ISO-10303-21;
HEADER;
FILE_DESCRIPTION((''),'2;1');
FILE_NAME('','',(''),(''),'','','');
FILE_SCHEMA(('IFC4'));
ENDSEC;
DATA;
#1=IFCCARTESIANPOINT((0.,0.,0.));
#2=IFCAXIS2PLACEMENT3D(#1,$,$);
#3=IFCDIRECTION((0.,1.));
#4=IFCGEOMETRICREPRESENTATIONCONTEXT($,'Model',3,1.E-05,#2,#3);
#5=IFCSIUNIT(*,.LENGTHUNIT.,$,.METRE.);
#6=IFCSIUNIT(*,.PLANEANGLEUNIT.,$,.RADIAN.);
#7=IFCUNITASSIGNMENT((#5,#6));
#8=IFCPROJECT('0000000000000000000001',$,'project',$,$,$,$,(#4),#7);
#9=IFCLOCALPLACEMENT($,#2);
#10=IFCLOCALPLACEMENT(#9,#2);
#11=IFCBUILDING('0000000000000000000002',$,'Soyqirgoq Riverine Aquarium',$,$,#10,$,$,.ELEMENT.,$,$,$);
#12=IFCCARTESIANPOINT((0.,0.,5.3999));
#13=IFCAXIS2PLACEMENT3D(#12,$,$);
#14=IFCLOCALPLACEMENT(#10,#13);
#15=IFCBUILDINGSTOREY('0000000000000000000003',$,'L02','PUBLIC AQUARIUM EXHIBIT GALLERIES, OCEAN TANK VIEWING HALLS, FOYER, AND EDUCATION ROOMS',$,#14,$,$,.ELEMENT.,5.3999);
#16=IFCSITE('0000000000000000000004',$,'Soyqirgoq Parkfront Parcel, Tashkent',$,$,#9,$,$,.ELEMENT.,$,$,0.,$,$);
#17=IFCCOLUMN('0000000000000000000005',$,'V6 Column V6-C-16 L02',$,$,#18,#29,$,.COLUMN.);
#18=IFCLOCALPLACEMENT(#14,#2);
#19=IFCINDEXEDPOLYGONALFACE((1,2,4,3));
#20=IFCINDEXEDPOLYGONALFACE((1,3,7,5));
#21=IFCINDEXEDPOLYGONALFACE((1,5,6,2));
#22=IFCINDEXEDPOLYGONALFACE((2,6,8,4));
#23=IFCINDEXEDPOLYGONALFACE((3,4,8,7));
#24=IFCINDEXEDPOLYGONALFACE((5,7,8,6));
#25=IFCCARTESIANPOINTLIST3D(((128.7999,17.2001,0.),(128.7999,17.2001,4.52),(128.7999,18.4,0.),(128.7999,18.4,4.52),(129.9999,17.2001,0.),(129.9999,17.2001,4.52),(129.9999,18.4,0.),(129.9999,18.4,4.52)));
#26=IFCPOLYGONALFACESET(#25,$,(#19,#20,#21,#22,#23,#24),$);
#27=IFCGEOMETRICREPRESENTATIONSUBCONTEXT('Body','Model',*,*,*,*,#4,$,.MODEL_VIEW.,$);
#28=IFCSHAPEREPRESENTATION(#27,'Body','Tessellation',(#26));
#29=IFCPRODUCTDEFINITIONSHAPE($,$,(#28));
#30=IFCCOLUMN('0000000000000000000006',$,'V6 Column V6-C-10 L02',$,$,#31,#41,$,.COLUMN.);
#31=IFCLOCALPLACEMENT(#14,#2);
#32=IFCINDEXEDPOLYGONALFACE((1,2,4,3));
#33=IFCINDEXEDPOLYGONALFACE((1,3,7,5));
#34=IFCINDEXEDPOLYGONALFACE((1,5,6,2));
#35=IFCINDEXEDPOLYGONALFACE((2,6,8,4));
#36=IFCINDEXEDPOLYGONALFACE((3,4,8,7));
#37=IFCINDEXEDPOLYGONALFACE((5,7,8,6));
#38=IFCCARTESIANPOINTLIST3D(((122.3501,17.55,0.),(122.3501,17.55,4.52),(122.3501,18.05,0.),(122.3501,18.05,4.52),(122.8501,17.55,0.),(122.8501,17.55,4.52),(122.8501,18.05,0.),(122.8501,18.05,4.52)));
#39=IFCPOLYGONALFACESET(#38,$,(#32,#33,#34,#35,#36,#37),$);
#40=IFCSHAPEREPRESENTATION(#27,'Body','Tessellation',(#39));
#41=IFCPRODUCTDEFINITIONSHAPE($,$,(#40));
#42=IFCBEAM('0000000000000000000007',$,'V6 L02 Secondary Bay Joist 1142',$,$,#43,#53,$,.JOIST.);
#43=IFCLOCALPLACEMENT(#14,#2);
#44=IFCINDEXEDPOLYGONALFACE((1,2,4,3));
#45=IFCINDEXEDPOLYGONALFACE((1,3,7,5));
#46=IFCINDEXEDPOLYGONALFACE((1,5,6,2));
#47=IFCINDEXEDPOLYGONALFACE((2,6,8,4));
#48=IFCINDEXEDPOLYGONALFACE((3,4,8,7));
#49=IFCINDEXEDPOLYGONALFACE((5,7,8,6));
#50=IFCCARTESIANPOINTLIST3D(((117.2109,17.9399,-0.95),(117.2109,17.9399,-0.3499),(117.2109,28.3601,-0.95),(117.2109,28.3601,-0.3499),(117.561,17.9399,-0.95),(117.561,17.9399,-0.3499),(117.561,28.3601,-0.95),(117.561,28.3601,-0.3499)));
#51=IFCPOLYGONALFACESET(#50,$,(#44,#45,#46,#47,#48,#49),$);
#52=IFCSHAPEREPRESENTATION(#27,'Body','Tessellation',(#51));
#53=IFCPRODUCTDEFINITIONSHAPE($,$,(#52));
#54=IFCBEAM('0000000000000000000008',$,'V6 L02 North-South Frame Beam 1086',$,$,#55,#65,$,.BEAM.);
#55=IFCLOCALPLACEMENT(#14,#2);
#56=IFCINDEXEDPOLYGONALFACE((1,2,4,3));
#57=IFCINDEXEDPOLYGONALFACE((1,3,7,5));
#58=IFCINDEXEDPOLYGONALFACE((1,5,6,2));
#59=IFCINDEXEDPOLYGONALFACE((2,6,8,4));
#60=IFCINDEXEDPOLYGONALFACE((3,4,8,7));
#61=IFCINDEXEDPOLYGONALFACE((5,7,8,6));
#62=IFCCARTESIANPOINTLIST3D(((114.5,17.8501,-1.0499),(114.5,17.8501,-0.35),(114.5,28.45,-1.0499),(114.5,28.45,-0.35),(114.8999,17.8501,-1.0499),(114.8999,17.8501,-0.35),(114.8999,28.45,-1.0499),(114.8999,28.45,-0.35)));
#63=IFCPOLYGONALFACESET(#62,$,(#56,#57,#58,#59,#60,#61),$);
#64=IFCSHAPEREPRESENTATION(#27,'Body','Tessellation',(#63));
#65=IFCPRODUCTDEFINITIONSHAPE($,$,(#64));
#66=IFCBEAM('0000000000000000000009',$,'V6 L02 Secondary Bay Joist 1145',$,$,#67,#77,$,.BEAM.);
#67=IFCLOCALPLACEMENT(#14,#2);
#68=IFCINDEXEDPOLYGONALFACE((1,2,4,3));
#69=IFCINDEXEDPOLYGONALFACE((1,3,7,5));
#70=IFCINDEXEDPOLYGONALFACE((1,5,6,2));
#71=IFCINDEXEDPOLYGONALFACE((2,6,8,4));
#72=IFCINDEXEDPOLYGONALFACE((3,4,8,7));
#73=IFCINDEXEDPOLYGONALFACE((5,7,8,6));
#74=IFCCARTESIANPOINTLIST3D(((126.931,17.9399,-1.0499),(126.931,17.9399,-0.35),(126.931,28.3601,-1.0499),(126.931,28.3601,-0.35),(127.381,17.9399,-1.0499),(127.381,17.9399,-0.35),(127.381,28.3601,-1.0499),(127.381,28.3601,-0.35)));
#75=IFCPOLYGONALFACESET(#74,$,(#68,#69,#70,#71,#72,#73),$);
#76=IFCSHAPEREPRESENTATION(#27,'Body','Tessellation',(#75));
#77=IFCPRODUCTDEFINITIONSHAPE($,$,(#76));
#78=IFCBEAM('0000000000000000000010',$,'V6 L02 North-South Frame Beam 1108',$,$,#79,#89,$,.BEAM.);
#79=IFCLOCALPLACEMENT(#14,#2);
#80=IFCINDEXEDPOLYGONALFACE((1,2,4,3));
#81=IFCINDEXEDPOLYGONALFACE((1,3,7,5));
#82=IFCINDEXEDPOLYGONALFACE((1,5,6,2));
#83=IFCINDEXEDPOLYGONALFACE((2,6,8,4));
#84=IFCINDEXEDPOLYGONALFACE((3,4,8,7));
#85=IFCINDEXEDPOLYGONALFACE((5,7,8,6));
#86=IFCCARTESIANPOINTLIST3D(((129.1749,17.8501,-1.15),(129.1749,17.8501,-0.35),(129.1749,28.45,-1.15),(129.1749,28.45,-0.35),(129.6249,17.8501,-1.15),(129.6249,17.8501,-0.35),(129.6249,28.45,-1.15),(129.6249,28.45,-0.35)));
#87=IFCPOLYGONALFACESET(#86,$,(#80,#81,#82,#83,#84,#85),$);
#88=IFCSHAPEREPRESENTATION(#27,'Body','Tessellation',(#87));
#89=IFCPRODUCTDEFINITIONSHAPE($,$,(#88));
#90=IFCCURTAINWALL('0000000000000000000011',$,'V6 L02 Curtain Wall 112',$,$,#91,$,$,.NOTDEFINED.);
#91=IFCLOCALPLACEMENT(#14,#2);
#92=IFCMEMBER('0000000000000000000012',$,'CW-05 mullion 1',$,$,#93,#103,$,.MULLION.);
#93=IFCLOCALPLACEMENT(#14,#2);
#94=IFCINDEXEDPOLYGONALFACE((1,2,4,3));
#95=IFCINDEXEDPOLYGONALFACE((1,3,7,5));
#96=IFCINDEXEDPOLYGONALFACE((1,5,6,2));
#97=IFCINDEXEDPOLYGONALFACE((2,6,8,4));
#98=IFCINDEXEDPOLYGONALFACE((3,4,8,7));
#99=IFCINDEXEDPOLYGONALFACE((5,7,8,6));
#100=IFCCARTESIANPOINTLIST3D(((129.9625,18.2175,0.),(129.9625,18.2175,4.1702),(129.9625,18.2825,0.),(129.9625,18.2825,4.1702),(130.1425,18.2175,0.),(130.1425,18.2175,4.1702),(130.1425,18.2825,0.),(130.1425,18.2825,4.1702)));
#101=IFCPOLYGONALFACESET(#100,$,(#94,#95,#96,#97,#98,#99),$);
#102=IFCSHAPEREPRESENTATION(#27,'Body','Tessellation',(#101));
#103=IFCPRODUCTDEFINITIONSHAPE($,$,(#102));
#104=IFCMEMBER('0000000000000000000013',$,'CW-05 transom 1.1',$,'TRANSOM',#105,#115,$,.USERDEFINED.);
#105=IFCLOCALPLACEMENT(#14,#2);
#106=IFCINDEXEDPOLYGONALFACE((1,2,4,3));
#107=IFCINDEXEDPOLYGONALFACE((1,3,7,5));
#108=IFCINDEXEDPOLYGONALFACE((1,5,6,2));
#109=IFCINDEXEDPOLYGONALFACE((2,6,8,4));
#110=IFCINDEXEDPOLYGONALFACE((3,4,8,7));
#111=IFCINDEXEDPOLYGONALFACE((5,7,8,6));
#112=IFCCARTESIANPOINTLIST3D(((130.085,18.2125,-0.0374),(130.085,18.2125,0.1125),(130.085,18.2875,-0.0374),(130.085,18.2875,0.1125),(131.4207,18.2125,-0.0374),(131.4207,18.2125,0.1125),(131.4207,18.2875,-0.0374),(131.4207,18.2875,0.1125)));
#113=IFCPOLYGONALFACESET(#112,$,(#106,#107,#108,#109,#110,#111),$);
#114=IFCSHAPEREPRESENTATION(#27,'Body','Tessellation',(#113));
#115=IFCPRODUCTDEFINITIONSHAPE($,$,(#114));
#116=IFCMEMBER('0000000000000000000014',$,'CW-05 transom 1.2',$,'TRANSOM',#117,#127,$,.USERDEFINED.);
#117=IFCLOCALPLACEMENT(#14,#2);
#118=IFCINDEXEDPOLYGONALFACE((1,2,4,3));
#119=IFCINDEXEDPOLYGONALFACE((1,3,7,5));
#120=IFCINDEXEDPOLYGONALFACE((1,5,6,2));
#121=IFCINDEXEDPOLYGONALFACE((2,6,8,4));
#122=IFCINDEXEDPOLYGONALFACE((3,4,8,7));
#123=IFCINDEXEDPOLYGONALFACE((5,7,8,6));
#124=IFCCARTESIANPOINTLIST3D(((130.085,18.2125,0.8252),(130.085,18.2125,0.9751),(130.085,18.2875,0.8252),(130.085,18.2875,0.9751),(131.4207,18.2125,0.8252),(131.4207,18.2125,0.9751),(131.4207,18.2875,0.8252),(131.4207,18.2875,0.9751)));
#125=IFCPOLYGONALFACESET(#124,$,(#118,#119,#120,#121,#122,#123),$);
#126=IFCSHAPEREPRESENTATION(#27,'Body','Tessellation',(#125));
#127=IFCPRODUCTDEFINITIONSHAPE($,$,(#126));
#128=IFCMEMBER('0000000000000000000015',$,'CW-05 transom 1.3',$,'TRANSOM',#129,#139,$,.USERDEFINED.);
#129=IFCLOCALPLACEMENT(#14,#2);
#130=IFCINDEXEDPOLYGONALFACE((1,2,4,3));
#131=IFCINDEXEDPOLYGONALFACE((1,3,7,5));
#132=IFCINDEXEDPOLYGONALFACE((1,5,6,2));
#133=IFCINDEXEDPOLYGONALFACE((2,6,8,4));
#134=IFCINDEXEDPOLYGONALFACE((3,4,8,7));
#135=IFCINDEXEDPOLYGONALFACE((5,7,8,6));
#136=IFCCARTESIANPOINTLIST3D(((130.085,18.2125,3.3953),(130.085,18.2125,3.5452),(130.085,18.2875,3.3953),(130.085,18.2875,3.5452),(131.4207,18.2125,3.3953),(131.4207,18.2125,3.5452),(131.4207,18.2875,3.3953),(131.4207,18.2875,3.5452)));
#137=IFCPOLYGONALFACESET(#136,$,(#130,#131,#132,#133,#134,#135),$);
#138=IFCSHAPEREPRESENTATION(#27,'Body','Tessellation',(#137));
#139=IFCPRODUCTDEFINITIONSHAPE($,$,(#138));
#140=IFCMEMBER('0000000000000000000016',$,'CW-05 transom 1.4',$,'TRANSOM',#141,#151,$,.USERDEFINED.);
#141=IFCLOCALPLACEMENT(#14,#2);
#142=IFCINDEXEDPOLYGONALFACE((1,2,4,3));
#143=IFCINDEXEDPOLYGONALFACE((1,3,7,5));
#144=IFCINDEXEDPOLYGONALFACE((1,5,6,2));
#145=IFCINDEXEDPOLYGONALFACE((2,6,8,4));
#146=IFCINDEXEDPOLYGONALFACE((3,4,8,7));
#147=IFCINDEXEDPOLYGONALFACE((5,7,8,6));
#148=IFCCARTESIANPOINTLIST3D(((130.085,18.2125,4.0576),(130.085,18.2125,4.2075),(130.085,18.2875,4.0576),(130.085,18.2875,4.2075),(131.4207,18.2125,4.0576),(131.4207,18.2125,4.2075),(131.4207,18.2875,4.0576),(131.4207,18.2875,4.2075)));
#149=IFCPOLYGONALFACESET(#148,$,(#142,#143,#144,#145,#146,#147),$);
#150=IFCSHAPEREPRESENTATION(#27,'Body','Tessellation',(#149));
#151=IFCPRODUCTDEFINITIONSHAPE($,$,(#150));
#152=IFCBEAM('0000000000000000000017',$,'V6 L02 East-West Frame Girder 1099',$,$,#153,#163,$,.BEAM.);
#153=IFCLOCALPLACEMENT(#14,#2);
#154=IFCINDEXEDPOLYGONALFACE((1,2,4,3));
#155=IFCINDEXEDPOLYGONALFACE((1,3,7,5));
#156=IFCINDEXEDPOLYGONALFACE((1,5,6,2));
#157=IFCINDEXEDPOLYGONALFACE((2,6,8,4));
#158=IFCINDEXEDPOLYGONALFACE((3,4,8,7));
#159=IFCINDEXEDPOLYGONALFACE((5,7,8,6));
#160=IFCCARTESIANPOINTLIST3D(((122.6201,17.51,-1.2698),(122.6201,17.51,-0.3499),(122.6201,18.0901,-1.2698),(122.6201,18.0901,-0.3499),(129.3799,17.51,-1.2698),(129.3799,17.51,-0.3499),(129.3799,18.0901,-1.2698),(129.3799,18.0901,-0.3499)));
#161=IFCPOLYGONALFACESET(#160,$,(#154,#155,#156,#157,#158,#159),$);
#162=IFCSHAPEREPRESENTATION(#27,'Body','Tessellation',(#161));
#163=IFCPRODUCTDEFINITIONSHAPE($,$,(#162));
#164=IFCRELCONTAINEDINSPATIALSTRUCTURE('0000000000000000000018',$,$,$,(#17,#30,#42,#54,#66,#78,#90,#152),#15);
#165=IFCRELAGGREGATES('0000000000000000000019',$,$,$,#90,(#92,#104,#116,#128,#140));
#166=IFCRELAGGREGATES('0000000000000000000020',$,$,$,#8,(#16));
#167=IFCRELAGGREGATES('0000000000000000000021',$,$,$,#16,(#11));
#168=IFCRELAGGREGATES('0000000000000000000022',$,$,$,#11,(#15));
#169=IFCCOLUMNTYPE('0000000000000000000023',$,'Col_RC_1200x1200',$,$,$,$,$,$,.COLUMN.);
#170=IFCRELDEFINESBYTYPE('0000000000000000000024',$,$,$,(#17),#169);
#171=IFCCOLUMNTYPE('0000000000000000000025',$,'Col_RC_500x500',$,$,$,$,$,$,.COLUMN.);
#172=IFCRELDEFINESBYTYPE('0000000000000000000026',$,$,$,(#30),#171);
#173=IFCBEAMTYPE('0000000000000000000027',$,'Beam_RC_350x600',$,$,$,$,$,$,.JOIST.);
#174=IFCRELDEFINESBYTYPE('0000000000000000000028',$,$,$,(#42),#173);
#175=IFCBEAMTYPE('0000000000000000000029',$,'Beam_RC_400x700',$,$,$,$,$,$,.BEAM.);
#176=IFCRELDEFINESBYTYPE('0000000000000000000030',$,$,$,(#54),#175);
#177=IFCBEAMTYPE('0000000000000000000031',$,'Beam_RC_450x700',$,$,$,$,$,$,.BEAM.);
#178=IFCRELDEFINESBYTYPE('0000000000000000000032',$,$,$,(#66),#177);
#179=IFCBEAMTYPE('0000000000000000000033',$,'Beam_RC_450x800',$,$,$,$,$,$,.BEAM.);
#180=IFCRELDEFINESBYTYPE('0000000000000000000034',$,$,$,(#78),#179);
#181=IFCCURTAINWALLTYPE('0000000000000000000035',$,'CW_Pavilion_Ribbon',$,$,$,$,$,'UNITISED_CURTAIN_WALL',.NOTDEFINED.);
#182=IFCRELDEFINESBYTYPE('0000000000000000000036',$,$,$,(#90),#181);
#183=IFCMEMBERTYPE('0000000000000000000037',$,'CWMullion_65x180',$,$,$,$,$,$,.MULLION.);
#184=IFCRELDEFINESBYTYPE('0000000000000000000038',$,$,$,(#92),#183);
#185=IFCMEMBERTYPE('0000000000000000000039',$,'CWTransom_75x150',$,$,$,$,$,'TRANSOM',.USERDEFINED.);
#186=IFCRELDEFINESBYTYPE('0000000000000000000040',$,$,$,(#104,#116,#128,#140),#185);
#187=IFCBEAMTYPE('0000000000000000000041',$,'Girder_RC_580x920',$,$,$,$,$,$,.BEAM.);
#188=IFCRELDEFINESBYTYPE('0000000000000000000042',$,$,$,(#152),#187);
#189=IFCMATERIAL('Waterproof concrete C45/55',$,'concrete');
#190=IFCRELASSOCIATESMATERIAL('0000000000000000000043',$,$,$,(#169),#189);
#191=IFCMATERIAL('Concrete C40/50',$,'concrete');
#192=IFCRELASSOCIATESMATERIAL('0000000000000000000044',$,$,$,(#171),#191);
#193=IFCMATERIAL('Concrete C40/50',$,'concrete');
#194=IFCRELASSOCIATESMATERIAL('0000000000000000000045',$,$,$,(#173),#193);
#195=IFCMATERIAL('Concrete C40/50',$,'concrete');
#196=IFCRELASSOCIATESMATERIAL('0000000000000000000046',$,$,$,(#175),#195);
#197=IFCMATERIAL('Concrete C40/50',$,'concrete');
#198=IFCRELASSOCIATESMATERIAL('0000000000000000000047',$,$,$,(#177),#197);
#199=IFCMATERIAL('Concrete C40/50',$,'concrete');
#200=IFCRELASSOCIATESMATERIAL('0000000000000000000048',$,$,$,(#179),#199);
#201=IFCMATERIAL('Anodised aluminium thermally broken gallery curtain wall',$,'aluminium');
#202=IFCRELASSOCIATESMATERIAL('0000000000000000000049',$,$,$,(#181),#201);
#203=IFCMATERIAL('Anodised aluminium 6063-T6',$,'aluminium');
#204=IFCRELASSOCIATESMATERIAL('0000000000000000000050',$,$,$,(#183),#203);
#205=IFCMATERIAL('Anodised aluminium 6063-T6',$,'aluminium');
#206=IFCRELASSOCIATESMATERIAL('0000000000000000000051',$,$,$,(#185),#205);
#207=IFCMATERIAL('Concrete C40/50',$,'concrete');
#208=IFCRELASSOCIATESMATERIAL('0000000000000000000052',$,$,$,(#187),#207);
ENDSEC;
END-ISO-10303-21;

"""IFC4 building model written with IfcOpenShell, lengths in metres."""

from ifc_helpers import new_model, si_unit, direction, frame, origin, origin_2d, place, context, subcontext, project, spatial, rectangle, extrude, material, material_profile, profile_set, type_object, element, aggregate, save


model = new_model("IFC4")

# Units and contexts
model_context = context("Model", 3, precision=1e-05, world=origin(), true_north=direction((0.0, 1.0)))
body_context = subcontext(model_context, "Body", "Model", "MODEL_VIEW")
ifc_project = project(units=[si_unit("LENGTHUNIT", "METRE"), si_unit("PLANEANGLEUNIT", "RADIAN")], contexts=[model_context])

# Site, building, storey
site_placement = place(None, origin())
site = spatial("IfcSite", under=ifc_project, at=site_placement, Name="Soyqirgoq Parkfront Parcel, Tashkent", CompositionType="ELEMENT", RefElevation=0.0)
building_placement = place(site_placement, origin())
building = spatial("IfcBuilding", under=site, at=building_placement, Name="Soyqirgoq Riverine Aquarium", CompositionType="ELEMENT")
storey_placement = place(building_placement, frame((0.0, 0.0, 5.3999)))
storey = spatial("IfcBuildingStorey", under=building, at=storey_placement, Name="L02", Description="PUBLIC AQUARIUM EXHIBIT GALLERIES, OCEAN TANK VIEWING HALLS, FOYER, AND EDUCATION ROOMS", CompositionType="ELEMENT", Elevation=5.3999)

# Columns
ifc_material_1 = material(Name="Waterproof concrete C45/55", Category="concrete")
ifc_material_profile_1 = material_profile(ifc_material_1, rectangle(XDim=1.2, YDim=1.2, at=origin_2d()), Name="RC 1200x1200")
ifc_profile_set_1 = profile_set([ifc_material_profile_1], Name="Waterproof concrete C45/55")
column_type_1 = type_object("IfcColumnType", Name="Col_RC_1200x1200", PredefinedType="COLUMN", material=ifc_profile_set_1)
column_1_placement = place(storey_placement, frame((129.3999, 17.8, 0.0), z_axis=(0.0, 0.0, 1.0), x_axis=(1.0, 0.0, 0.0)))
element("IfcColumn", 1, at=column_1_placement, inside=storey, type_object=column_type_1, Name="V6 Column V6-C-16 L02", PredefinedType="COLUMN", context=body_context, shape_type="SweptSolid", body=[
    extrude(rectangle(XDim=1.2, YDim=1.2, at=origin_2d()), origin(), (0.0, 0.0, 1.0), 4.52),
])
ifc_material_2 = material(Name="Concrete C40/50", Category="concrete")
ifc_material_profile_2 = material_profile(ifc_material_2, rectangle(XDim=0.5, YDim=0.5, at=origin_2d()), Name="RC 500x500")
ifc_profile_set_2 = profile_set([ifc_material_profile_2], Name="Concrete C40/50")
column_type_2 = type_object("IfcColumnType", Name="Col_RC_500x500", PredefinedType="COLUMN", material=ifc_profile_set_2)
column_2_placement = place(storey_placement, frame((122.6001, 17.8, 0.0), z_axis=(0.0, 0.0, 1.0), x_axis=(1.0, 0.0, 0.0)))
element("IfcColumn", 2, at=column_2_placement, inside=storey, type_object=column_type_2, Name="V6 Column V6-C-10 L02", PredefinedType="COLUMN", context=body_context, shape_type="SweptSolid", body=[
    extrude(rectangle(XDim=0.5, YDim=0.5, at=origin_2d()), origin(), (0.0, 0.0, 1.0), 4.52),
])

# Beams
ifc_material_3 = material(Name="Concrete C40/50", Category="concrete")
ifc_material_profile_3 = material_profile(ifc_material_3, rectangle(XDim=0.3501, YDim=0.6001, at=origin_2d()), Name="RC 350x600")
ifc_profile_set_3 = profile_set([ifc_material_profile_3], Name="Concrete C40/50")
beam_type_1 = type_object("IfcBeamType", Name="Beam_RC_350x600", PredefinedType="JOIST", material=ifc_profile_set_3)
beam_1_placement = place(storey_placement, frame((117.386, 17.9399, -0.6499), z_axis=(0.0, 1.0, 0.0), x_axis=(-1.0, 0.0, 0.0)))
element("IfcBeam", 3, at=beam_1_placement, inside=storey, type_object=beam_type_1, Name="V6 L02 Secondary Bay Joist 1142", PredefinedType="JOIST", context=body_context, shape_type="SweptSolid", body=[
    extrude(rectangle(XDim=0.3501, YDim=0.6001, at=origin_2d()), origin(), (0.0, 0.0, 1.0), 10.4202),
])
ifc_material_4 = material(Name="Concrete C40/50", Category="concrete")
ifc_material_profile_4 = material_profile(ifc_material_4, rectangle(XDim=0.3999, YDim=0.7, at=origin_2d()), Name="RC 400x700")
ifc_profile_set_4 = profile_set([ifc_material_profile_4], Name="Concrete C40/50")
beam_type_2 = type_object("IfcBeamType", Name="Beam_RC_400x700", PredefinedType="BEAM", material=ifc_profile_set_4)
beam_2_placement = place(storey_placement, frame((114.7, 17.8501, -0.7), z_axis=(0.0, 1.0, 0.0), x_axis=(-1.0, 0.0, 0.0)))
element("IfcBeam", 4, at=beam_2_placement, inside=storey, type_object=beam_type_2, Name="V6 L02 North-South Frame Beam 1086", PredefinedType="BEAM", context=body_context, shape_type="SweptSolid", body=[
    extrude(rectangle(XDim=0.3999, YDim=0.7, at=origin_2d()), origin(), (0.0, 0.0, 1.0), 10.5999),
])
ifc_material_5 = material(Name="Concrete C40/50", Category="concrete")
ifc_material_profile_5 = material_profile(ifc_material_5, rectangle(XDim=0.45, YDim=0.7, at=origin_2d()), Name="RC 450x700")
ifc_profile_set_5 = profile_set([ifc_material_profile_5], Name="Concrete C40/50")
beam_type_3 = type_object("IfcBeamType", Name="Beam_RC_450x700", PredefinedType="BEAM", material=ifc_profile_set_5)
beam_3_placement = place(storey_placement, frame((127.156, 17.9399, -0.7), z_axis=(0.0, 1.0, 0.0), x_axis=(-1.0, 0.0, 0.0)))
element("IfcBeam", 5, at=beam_3_placement, inside=storey, type_object=beam_type_3, Name="V6 L02 Secondary Bay Joist 1145", PredefinedType="BEAM", context=body_context, shape_type="SweptSolid", body=[
    extrude(rectangle(XDim=0.45, YDim=0.7, at=origin_2d()), origin(), (0.0, 0.0, 1.0), 10.4202),
])
ifc_material_6 = material(Name="Concrete C40/50", Category="concrete")
ifc_material_profile_6 = material_profile(ifc_material_6, rectangle(XDim=0.45, YDim=0.8, at=origin_2d()), Name="RC 450x800")
ifc_profile_set_6 = profile_set([ifc_material_profile_6], Name="Concrete C40/50")
beam_type_4 = type_object("IfcBeamType", Name="Beam_RC_450x800", PredefinedType="BEAM", material=ifc_profile_set_6)
beam_4_placement = place(storey_placement, frame((129.3999, 17.8501, -0.75), z_axis=(0.0, 1.0, 0.0), x_axis=(-1.0, 0.0, 0.0)))
element("IfcBeam", 6, at=beam_4_placement, inside=storey, type_object=beam_type_4, Name="V6 L02 North-South Frame Beam 1108", PredefinedType="BEAM", context=body_context, shape_type="SweptSolid", body=[
    extrude(rectangle(XDim=0.45, YDim=0.8, at=origin_2d()), origin(), (0.0, 0.0, 1.0), 10.5999),
])

# Curtain wall, members
ifc_material_7 = material(Name="Anodised aluminium thermally broken gallery curtain wall", Category="aluminium")
curtain_wall_type = type_object("IfcCurtainWallType", Name="CW_Pavilion_Ribbon", ElementType="UNITISED_CURTAIN_WALL", PredefinedType="NOTDEFINED", material=ifc_material_7)
curtain_wall_placement = place(storey_placement, origin())
curtain_wall = element("IfcCurtainWall", 7, at=curtain_wall_placement, inside=storey, type_object=curtain_wall_type, Name="V6 L02 Curtain Wall 112", PredefinedType="NOTDEFINED")
ifc_material_8 = material(Name="Anodised aluminium 6063-T6", Category="aluminium")
ifc_material_profile_7 = material_profile(ifc_material_8, rectangle(XDim=0.0649, YDim=0.1799, at=origin_2d()), Name="ALU-M 65x180")
ifc_profile_set_7 = profile_set([ifc_material_profile_7], Name="Anodised aluminium 6063-T6")
member_type_1 = type_object("IfcMemberType", Name="CWMullion_65x180", PredefinedType="MULLION", material=ifc_profile_set_7)
member_1_placement = place(storey_placement, frame((130.0525, 18.25, 0.0), z_axis=(0.0, 0.0, 1.0), x_axis=(0.0, 1.0, 0.0)))
member_1 = element("IfcMember", 8, at=member_1_placement, type_object=member_type_1, Name="CW-05 mullion 1", PredefinedType="MULLION", context=body_context, shape_type="SweptSolid", body=[
    extrude(rectangle(XDim=0.0649, YDim=0.1799, at=origin_2d()), origin(), (0.0, 0.0, 1.0), 4.1702),
])
ifc_material_9 = material(Name="Anodised aluminium 6063-T6", Category="aluminium")
ifc_material_profile_8 = material_profile(ifc_material_9, rectangle(XDim=0.075, YDim=0.1499, at=origin_2d()), Name="ALU-T 75x150")
ifc_profile_set_8 = profile_set([ifc_material_profile_8], Name="Anodised aluminium 6063-T6")
member_type_2 = type_object("IfcMemberType", Name="CWTransom_75x150", ElementType="TRANSOM", PredefinedType="USERDEFINED", material=ifc_profile_set_8)
member_2_placement = place(storey_placement, frame((130.085, 18.25, 0.0376), z_axis=(1.0, 0.0, 0.0), x_axis=(0.0, 1.0, 0.0)))
member_2 = element("IfcMember", 9, at=member_2_placement, type_object=member_type_2, Name="CW-05 transom 1.1", ObjectType="TRANSOM", PredefinedType="USERDEFINED", context=body_context, shape_type="SweptSolid", body=[
    extrude(rectangle(XDim=0.075, YDim=0.1499, at=origin_2d()), origin(), (0.0, 0.0, 1.0), 1.3357),
])
member_3_placement = place(storey_placement, frame((130.085, 18.25, 0.9001), z_axis=(1.0, 0.0, 0.0), x_axis=(0.0, 1.0, 0.0)))
member_3 = element("IfcMember", 10, at=member_3_placement, type_object=member_type_2, Name="CW-05 transom 1.2", ObjectType="TRANSOM", PredefinedType="USERDEFINED", context=body_context, shape_type="SweptSolid", body=[
    extrude(rectangle(XDim=0.075, YDim=0.1499, at=origin_2d()), origin(), (0.0, 0.0, 1.0), 1.3357),
])
member_4_placement = place(storey_placement, frame((130.085, 18.25, 3.4702), z_axis=(1.0, 0.0, 0.0), x_axis=(0.0, 1.0, 0.0)))
member_4 = element("IfcMember", 11, at=member_4_placement, type_object=member_type_2, Name="CW-05 transom 1.3", ObjectType="TRANSOM", PredefinedType="USERDEFINED", context=body_context, shape_type="SweptSolid", body=[
    extrude(rectangle(XDim=0.075, YDim=0.1499, at=origin_2d()), origin(), (0.0, 0.0, 1.0), 1.3357),
])
member_5_placement = place(storey_placement, frame((130.085, 18.25, 4.1326), z_axis=(1.0, 0.0, 0.0), x_axis=(0.0, 1.0, 0.0)))
member_5 = element("IfcMember", 12, at=member_5_placement, type_object=member_type_2, Name="CW-05 transom 1.4", ObjectType="TRANSOM", PredefinedType="USERDEFINED", context=body_context, shape_type="SweptSolid", body=[
    extrude(rectangle(XDim=0.075, YDim=0.1499, at=origin_2d()), origin(), (0.0, 0.0, 1.0), 1.3357),
])

# Beam
ifc_material_10 = material(Name="Concrete C40/50", Category="concrete")
ifc_material_profile_9 = material_profile(ifc_material_10, rectangle(XDim=0.5801, YDim=0.9199, at=origin_2d()), Name="RC 580x920")
ifc_profile_set_9 = profile_set([ifc_material_profile_9], Name="Concrete C40/50")
beam_type_5 = type_object("IfcBeamType", Name="Girder_RC_580x920", PredefinedType="BEAM", material=ifc_profile_set_9)
beam_5_placement = place(storey_placement, frame((122.6201, 17.8, -0.8098), z_axis=(1.0, 0.0, 0.0), x_axis=(0.0, 1.0, 0.0)))
element("IfcBeam", 13, at=beam_5_placement, inside=storey, type_object=beam_type_5, Name="V6 L02 East-West Frame Girder 1099", PredefinedType="BEAM", context=body_context, shape_type="SweptSolid", body=[
    extrude(rectangle(XDim=0.5801, YDim=0.9199, at=origin_2d()), origin(), (0.0, 0.0, 1.0), 6.7598),
])

aggregate(curtain_wall, [member_1, member_2, member_3, member_4, member_5])

save(model, "model.ifc")
